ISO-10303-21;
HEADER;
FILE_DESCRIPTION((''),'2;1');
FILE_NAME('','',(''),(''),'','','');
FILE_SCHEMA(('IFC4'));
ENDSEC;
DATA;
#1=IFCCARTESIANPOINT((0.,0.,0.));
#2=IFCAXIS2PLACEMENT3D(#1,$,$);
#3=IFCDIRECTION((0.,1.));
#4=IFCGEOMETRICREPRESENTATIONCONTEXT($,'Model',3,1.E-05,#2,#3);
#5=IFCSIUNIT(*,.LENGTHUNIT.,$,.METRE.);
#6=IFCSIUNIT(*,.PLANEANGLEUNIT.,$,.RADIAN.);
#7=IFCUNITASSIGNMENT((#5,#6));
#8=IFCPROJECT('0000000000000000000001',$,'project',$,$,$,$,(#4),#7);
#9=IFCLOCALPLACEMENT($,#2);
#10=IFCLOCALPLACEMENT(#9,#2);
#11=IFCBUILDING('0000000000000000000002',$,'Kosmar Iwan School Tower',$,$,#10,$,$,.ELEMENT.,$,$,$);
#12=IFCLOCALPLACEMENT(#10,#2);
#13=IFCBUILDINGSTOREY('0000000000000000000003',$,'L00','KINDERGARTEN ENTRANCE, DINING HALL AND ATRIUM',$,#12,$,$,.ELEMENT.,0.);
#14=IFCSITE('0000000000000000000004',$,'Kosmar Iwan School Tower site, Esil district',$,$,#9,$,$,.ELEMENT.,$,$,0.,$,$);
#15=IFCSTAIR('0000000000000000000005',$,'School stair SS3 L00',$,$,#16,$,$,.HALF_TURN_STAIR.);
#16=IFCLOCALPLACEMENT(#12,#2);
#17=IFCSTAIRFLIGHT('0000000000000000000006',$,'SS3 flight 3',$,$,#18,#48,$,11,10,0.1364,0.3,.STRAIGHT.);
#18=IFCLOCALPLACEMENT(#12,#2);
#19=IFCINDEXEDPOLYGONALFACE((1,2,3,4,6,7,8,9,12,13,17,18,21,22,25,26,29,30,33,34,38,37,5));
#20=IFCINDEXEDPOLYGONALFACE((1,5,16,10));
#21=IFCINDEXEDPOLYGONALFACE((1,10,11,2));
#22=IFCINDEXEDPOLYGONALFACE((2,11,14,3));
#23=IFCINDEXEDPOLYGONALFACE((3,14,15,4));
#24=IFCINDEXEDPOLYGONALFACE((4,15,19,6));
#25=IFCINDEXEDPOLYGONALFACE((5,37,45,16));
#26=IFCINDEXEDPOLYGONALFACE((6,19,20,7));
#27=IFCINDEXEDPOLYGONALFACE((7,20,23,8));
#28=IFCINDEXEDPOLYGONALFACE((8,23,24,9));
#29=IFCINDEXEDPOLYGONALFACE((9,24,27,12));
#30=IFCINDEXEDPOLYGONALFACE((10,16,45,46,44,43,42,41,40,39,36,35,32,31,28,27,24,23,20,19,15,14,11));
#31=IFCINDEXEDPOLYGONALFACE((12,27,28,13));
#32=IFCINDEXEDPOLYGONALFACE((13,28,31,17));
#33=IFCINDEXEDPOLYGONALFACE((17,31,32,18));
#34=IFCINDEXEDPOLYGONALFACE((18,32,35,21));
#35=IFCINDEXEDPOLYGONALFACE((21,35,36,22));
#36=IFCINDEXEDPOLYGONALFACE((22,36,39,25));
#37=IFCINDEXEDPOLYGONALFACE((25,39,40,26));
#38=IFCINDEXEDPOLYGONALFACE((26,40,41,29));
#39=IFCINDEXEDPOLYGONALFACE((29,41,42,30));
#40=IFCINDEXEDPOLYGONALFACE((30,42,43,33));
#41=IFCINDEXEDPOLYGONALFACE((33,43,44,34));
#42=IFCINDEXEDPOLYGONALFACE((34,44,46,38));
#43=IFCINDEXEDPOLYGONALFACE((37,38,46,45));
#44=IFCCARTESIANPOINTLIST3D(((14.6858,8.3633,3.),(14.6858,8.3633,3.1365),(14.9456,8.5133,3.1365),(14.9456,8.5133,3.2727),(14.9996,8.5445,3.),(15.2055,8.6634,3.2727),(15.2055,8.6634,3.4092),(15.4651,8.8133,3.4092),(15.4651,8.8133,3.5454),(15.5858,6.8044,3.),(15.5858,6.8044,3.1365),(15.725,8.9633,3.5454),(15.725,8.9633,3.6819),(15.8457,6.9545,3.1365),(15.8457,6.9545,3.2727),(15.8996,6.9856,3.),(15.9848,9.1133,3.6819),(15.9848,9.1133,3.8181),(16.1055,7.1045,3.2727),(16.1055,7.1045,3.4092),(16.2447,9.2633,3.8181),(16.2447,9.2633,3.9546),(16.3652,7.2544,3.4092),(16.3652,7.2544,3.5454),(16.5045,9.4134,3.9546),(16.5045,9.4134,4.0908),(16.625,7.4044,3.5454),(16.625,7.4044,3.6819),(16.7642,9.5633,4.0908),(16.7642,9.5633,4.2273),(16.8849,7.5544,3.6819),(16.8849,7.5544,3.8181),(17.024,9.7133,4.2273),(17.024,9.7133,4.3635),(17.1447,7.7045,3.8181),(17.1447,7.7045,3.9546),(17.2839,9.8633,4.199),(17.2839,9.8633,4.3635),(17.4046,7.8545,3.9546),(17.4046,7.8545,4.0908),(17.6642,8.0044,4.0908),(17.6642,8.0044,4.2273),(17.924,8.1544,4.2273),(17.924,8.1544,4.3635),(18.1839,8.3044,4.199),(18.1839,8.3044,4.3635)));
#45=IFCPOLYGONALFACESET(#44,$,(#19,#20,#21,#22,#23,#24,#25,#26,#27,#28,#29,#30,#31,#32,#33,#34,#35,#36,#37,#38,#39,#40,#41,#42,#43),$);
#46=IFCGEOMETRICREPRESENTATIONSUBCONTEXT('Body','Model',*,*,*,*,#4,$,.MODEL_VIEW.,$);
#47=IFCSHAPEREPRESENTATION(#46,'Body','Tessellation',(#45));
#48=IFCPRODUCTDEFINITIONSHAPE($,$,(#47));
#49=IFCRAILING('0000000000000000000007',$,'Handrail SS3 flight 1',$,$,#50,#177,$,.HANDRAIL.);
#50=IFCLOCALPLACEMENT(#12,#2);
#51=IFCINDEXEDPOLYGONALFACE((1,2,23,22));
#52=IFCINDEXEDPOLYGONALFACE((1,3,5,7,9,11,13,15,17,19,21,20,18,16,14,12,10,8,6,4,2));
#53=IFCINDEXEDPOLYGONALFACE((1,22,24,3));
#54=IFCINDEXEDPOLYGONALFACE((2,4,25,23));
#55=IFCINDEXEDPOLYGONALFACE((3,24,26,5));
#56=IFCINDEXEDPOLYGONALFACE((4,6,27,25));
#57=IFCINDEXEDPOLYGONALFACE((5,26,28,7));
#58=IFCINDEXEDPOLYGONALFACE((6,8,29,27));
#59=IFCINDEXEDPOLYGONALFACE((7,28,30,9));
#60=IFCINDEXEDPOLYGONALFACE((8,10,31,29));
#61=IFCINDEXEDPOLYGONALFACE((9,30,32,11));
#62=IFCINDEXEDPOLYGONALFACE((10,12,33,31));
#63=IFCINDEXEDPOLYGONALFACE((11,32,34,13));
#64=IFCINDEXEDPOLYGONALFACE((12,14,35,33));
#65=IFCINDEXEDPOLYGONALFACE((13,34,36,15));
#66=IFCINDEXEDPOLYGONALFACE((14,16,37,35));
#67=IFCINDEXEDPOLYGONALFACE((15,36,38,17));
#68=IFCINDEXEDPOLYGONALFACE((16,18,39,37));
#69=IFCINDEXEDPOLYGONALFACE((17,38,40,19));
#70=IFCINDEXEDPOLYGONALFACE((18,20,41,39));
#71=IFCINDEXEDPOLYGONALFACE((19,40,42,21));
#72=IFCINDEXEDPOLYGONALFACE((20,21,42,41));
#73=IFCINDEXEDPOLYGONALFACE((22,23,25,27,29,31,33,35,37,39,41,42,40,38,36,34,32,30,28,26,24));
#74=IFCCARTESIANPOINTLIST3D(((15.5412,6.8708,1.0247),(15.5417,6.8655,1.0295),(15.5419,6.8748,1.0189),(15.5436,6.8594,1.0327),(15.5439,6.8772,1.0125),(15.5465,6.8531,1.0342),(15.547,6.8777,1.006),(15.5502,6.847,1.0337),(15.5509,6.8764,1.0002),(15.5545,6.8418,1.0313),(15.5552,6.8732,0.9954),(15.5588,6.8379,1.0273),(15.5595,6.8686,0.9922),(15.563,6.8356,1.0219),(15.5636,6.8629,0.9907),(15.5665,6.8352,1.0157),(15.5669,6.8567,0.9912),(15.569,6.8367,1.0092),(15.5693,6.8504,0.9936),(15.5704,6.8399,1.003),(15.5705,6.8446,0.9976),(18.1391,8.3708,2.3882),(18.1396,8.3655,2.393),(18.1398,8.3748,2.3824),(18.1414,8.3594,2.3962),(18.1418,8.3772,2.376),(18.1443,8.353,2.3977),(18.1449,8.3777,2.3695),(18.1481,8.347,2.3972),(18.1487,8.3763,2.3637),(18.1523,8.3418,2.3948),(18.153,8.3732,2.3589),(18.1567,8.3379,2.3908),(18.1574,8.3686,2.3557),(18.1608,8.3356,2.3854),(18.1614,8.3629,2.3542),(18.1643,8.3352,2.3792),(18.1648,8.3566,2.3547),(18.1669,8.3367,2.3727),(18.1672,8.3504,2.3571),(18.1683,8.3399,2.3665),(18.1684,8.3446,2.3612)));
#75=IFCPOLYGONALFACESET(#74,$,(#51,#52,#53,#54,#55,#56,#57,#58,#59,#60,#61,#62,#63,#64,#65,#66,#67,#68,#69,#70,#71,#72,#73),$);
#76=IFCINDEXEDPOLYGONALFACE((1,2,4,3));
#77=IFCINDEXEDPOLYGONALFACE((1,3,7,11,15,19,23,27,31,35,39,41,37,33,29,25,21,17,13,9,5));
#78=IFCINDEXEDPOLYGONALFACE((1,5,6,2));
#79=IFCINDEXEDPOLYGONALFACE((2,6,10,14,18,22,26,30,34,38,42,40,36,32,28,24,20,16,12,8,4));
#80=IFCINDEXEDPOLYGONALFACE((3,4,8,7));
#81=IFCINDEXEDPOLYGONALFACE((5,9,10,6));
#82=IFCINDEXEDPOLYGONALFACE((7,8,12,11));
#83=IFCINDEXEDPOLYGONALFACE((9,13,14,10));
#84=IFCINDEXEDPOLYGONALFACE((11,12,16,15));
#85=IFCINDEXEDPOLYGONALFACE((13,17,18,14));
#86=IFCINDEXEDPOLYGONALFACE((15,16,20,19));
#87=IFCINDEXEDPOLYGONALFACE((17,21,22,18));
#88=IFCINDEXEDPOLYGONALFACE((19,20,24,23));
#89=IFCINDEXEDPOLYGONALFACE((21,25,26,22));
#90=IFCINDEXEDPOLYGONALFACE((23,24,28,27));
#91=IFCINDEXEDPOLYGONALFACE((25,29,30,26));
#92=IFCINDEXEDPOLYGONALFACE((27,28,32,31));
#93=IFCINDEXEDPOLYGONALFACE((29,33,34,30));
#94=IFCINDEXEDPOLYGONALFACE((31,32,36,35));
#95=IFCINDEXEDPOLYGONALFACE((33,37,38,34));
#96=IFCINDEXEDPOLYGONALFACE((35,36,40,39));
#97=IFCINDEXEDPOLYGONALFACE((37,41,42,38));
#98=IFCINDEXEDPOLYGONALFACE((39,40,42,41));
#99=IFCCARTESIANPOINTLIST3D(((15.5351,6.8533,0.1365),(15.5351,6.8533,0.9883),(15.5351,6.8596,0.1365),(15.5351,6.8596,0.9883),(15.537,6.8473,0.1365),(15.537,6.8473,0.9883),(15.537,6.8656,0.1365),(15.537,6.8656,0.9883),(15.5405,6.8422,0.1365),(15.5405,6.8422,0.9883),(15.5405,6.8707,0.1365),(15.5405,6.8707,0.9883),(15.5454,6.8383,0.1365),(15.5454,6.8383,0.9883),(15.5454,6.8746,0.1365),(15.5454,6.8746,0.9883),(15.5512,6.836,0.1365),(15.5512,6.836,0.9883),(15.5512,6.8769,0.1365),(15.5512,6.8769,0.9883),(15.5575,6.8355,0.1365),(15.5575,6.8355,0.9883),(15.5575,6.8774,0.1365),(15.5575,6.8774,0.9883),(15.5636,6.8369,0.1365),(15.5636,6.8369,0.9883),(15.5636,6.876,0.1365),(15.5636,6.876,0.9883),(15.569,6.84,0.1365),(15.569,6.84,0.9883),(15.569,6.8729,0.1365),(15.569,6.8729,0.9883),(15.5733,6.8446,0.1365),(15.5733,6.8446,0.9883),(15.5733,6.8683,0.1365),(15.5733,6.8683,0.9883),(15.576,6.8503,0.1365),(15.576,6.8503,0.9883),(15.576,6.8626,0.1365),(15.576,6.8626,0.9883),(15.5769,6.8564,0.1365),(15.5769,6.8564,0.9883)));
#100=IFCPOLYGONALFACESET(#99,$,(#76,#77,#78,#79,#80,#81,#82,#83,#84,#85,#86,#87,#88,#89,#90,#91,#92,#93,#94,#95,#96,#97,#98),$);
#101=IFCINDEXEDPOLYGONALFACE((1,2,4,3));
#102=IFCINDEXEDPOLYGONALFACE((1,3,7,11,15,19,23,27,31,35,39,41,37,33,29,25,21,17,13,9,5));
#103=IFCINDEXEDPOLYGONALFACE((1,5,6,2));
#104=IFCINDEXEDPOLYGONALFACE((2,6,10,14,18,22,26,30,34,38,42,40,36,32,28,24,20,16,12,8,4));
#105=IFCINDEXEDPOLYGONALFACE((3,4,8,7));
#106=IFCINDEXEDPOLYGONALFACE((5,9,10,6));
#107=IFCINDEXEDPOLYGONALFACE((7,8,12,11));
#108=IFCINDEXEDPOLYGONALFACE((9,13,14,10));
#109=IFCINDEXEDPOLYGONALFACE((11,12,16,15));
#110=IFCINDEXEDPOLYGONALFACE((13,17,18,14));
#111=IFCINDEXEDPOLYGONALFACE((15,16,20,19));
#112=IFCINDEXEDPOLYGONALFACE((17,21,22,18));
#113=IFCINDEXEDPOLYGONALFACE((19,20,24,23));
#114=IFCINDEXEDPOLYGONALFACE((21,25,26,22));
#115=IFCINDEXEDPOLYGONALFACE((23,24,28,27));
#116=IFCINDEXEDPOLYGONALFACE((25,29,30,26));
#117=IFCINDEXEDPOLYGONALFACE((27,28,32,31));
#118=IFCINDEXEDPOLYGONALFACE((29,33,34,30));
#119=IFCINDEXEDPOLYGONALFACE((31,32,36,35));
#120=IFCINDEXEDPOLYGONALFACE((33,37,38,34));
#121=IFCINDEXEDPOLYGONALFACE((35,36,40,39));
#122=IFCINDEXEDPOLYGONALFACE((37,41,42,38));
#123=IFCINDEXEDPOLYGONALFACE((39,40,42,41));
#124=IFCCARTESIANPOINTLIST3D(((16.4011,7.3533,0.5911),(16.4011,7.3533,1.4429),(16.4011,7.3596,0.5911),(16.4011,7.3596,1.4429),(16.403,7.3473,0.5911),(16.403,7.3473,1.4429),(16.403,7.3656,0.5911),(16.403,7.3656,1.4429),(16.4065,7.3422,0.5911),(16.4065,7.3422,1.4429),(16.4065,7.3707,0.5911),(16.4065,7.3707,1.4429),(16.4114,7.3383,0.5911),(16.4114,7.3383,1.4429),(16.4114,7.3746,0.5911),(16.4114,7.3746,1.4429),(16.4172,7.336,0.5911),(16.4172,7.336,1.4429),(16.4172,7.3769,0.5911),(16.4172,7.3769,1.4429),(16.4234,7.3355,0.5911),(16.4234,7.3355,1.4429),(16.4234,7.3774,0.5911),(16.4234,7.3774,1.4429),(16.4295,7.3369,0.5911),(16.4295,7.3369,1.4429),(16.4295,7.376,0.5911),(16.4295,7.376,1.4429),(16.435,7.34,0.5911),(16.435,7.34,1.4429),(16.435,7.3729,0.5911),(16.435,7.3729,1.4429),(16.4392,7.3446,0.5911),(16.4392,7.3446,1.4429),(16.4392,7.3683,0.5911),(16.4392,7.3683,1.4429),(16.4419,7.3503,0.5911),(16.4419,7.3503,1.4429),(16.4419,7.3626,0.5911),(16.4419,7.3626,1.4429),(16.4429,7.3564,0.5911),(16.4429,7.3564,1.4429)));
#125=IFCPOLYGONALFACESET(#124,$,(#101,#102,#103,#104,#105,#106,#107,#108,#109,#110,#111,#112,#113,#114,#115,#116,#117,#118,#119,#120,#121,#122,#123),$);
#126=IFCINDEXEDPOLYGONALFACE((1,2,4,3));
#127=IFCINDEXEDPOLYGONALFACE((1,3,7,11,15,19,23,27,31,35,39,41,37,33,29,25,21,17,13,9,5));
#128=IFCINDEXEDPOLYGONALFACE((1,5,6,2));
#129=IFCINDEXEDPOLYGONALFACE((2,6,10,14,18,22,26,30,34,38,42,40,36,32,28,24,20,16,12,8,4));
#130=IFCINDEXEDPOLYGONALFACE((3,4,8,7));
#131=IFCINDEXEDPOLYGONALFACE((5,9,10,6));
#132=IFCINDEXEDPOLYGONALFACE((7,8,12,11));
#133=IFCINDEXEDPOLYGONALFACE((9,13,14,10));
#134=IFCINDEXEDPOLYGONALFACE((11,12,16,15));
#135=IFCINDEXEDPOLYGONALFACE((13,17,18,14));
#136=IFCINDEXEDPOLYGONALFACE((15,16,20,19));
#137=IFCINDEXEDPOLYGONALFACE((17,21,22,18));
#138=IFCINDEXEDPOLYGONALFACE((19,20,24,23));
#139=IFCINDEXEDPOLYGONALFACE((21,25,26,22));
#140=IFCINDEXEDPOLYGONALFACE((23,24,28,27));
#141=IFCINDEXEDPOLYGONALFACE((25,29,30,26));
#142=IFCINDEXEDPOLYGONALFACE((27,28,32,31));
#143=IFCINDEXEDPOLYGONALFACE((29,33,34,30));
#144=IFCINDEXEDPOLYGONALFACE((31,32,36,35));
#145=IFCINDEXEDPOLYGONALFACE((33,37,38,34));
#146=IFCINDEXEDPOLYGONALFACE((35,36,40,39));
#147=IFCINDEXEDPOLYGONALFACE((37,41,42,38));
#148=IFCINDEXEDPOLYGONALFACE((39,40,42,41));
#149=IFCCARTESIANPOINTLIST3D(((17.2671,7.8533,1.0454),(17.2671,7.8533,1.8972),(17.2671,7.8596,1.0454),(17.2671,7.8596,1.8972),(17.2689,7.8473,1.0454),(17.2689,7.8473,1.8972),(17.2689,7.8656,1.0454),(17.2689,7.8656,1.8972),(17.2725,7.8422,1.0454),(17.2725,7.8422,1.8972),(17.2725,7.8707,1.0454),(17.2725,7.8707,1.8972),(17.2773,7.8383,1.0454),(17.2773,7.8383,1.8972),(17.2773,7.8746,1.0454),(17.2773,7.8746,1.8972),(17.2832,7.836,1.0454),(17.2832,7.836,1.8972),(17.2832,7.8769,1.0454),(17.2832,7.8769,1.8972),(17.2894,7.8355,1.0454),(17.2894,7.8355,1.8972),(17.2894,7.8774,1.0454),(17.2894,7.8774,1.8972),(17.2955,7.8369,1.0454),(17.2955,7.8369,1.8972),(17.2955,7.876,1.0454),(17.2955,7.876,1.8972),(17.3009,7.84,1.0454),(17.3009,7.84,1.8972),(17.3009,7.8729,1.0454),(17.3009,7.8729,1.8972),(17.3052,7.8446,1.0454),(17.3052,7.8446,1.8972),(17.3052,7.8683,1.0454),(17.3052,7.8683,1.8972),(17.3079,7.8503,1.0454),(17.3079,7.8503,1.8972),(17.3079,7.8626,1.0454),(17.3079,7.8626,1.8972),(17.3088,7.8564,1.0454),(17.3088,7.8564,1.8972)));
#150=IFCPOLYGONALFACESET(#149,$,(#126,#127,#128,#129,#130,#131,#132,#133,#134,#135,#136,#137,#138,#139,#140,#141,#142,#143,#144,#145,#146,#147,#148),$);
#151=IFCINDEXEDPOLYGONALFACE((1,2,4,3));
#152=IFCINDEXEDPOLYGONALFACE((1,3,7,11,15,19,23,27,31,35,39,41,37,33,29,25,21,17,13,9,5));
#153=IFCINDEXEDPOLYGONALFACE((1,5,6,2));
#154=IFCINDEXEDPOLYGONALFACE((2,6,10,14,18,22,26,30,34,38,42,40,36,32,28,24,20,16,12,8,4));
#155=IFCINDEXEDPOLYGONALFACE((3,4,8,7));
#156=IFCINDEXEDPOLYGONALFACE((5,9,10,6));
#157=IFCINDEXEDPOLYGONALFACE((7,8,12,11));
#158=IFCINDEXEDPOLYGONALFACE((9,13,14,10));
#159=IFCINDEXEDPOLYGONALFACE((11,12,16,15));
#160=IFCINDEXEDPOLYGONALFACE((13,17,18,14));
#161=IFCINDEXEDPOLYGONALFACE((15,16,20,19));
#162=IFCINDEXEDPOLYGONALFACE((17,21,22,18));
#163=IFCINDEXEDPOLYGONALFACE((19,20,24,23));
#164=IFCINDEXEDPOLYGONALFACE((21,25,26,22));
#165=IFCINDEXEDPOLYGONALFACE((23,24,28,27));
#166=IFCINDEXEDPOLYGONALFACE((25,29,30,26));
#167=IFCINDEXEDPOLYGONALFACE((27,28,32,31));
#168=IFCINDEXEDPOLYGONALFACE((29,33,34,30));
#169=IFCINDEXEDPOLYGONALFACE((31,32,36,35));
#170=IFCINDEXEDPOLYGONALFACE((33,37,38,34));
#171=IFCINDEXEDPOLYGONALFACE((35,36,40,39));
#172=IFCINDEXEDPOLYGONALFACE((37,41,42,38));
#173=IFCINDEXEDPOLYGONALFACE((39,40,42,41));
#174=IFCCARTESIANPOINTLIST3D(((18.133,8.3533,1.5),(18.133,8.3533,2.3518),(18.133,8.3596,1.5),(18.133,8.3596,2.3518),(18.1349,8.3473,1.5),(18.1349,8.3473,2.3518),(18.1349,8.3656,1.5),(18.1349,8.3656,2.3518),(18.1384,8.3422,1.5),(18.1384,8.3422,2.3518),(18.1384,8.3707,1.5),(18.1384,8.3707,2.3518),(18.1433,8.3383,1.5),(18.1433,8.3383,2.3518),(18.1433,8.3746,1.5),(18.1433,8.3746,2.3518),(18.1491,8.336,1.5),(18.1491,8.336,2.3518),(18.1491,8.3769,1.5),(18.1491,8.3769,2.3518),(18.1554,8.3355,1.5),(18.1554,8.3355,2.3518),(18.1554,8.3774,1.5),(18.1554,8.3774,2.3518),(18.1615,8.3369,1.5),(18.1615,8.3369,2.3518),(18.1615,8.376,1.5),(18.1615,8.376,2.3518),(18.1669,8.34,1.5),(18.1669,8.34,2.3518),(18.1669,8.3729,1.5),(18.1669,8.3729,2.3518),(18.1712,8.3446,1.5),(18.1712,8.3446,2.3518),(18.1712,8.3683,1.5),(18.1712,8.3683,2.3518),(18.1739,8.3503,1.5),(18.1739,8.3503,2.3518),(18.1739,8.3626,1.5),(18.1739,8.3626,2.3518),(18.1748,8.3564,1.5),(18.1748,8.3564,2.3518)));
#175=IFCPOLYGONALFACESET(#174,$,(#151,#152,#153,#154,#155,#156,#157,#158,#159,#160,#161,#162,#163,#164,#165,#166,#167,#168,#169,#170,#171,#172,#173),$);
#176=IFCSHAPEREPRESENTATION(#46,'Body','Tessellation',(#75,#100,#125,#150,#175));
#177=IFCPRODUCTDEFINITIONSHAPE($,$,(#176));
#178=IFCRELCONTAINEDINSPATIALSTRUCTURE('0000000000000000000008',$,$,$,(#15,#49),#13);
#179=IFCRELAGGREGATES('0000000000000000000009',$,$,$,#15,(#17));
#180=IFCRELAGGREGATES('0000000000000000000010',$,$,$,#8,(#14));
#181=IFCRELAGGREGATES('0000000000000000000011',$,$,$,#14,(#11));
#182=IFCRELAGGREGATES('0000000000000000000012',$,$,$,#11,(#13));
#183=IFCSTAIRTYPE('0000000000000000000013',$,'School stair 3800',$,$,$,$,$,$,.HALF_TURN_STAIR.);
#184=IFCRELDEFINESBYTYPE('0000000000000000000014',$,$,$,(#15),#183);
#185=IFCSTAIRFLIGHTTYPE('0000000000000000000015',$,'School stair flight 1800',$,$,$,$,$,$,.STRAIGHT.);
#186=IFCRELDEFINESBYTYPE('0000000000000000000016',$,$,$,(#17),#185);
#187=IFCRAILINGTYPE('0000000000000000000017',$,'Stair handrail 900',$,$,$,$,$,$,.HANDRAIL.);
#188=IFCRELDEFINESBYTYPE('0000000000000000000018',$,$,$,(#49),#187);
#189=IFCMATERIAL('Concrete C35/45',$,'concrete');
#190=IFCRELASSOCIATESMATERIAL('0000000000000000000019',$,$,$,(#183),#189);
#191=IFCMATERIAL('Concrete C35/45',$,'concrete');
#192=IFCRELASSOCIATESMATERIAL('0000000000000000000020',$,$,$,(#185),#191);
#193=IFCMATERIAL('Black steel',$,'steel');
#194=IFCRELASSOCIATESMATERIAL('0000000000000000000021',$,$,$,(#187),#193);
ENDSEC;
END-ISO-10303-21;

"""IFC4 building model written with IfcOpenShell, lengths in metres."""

from ifc_helpers import new_model, si_unit, direction, frame, origin, origin_2d, place, context, subcontext, project, spatial, polyline, circle, outline, extrude, material, type_object, element, aggregate, save


model = new_model("IFC4")

# Units and contexts
model_context = context("Model", 3, precision=1e-05, world=origin(), true_north=direction((0.0, 1.0)))
body_context = subcontext(model_context, "Body", "Model", "MODEL_VIEW")
ifc_project = project(units=[si_unit("LENGTHUNIT", "METRE"), si_unit("PLANEANGLEUNIT", "RADIAN")], contexts=[model_context])

# Site, building, storey
site_placement = place(None, origin())
site = spatial("IfcSite", under=ifc_project, at=site_placement, Name="Kosmar Iwan School Tower site, Esil district", CompositionType="ELEMENT", RefElevation=0.0)
building_placement = place(site_placement, origin())
building = spatial("IfcBuilding", under=site, at=building_placement, Name="Kosmar Iwan School Tower", CompositionType="ELEMENT")
storey_placement = place(building_placement, origin())
storey = spatial("IfcBuildingStorey", under=building, at=storey_placement, Name="L00", Description="KINDERGARTEN ENTRANCE, DINING HALL AND ATRIUM", CompositionType="ELEMENT", Elevation=0.0)

# Stair, stair flight
ifc_material_1 = material(Name="Concrete C35/45", Category="concrete")
stair_type = type_object("IfcStairType", Name="School stair 3800", PredefinedType="HALF_TURN_STAIR", material=ifc_material_1)
stair_placement = place(storey_placement, origin())
stair = element("IfcStair", 1, at=stair_placement, inside=storey, type_object=stair_type, Name="School stair SS3 L00", PredefinedType="HALF_TURN_STAIR")
ifc_material_2 = material(Name="Concrete C35/45", Category="concrete")
stair_flight_type = type_object("IfcStairFlightType", Name="School stair flight 1800", PredefinedType="STRAIGHT", material=ifc_material_2)
stair_flight_1_placement = place(storey_placement, frame((15.1357, 7.584, 3.0), z_axis=(0.0, 0.0, 1.0), x_axis=(0.866025, 0.5, 0.0)))
stair_flight_1 = element("IfcStairFlight", 2, at=stair_flight_1_placement, type_object=stair_flight_type, Name="SS3 flight 3", NumberOfRisers=11, NumberOfTreads=10, PredefinedType="STRAIGHT", RiserHeight=0.1364, TreadLength=0.3, context=body_context, shape_type="SweptSolid", body=[
    extrude(outline(polyline([(0.0, 0.0), (0.0, 0.1365), (0.3, 0.1365), (0.3, 0.2727), (0.6001, 0.2727), (0.6001, 0.4092), (0.8999, 0.4092), (0.8999, 0.5454), (1.2, 0.5454), (1.2, 0.6819), (1.5, 0.6819), (1.5, 0.8181), (1.8, 0.8181), (1.8, 0.9546), (2.1001, 0.9546), (2.1001, 1.0908), (2.3999, 1.0908), (2.3999, 1.2273), (2.7, 1.2273), (2.7, 1.3635), (3.0, 1.3635), (3.0, 1.5), (3.0, 1.199), (0.3623, 0.0), (0.0, 0.0)])), frame((0.0, 0.8999, 0.0), z_axis=(0.0, -1.0, 0.0), x_axis=(1.0, 0.0, 0.0)), (0.0, 0.0, 1.0), 1.8),
])
aggregate(stair, [stair_flight_1])

# Railing
ifc_material_3 = material(Name="Black steel", Category="steel")
railing_type = type_object("IfcRailingType", Name="Stair handrail 900", PredefinedType="HANDRAIL", material=ifc_material_3)
for number, where, name in (
    (3, (15.5559, 6.8564, 0.1365), "Handrail SS3 flight 1"),
):
    element("IfcRailing", number, at=place(storey_placement, frame(where)), inside=storey, type_object=railing_type, Name=name, PredefinedType="HANDRAIL", context=body_context, shape_type="SweptSolid", body=[
        extrude(circle(Radius=0.0239, at=origin_2d()), frame((0.0, 0.0, 0.876), z_axis=(0.788391, 0.455209, 0.413792), x_axis=(-0.500025, 0.866011, 0.0)), (0.0, 0.0, 1.0), 3.2952),
        extrude(circle(Radius=0.021, at=origin_2d()), origin(), (0.0, 0.0, 1.0), 0.8518),
        extrude(circle(Radius=0.021, at=origin_2d()), frame((0.866, 0.5, 0.4546)), (0.0, 0.0, 1.0), 0.8518),
        extrude(circle(Radius=0.021, at=origin_2d()), frame((1.7319, 1.0, 0.9089)), (0.0, 0.0, 1.0), 0.8518),
        extrude(circle(Radius=0.021, at=origin_2d()), frame((2.5979, 1.5, 1.3635)), (0.0, 0.0, 1.0), 0.8518),
    ])

save(model, "model.ifc")
